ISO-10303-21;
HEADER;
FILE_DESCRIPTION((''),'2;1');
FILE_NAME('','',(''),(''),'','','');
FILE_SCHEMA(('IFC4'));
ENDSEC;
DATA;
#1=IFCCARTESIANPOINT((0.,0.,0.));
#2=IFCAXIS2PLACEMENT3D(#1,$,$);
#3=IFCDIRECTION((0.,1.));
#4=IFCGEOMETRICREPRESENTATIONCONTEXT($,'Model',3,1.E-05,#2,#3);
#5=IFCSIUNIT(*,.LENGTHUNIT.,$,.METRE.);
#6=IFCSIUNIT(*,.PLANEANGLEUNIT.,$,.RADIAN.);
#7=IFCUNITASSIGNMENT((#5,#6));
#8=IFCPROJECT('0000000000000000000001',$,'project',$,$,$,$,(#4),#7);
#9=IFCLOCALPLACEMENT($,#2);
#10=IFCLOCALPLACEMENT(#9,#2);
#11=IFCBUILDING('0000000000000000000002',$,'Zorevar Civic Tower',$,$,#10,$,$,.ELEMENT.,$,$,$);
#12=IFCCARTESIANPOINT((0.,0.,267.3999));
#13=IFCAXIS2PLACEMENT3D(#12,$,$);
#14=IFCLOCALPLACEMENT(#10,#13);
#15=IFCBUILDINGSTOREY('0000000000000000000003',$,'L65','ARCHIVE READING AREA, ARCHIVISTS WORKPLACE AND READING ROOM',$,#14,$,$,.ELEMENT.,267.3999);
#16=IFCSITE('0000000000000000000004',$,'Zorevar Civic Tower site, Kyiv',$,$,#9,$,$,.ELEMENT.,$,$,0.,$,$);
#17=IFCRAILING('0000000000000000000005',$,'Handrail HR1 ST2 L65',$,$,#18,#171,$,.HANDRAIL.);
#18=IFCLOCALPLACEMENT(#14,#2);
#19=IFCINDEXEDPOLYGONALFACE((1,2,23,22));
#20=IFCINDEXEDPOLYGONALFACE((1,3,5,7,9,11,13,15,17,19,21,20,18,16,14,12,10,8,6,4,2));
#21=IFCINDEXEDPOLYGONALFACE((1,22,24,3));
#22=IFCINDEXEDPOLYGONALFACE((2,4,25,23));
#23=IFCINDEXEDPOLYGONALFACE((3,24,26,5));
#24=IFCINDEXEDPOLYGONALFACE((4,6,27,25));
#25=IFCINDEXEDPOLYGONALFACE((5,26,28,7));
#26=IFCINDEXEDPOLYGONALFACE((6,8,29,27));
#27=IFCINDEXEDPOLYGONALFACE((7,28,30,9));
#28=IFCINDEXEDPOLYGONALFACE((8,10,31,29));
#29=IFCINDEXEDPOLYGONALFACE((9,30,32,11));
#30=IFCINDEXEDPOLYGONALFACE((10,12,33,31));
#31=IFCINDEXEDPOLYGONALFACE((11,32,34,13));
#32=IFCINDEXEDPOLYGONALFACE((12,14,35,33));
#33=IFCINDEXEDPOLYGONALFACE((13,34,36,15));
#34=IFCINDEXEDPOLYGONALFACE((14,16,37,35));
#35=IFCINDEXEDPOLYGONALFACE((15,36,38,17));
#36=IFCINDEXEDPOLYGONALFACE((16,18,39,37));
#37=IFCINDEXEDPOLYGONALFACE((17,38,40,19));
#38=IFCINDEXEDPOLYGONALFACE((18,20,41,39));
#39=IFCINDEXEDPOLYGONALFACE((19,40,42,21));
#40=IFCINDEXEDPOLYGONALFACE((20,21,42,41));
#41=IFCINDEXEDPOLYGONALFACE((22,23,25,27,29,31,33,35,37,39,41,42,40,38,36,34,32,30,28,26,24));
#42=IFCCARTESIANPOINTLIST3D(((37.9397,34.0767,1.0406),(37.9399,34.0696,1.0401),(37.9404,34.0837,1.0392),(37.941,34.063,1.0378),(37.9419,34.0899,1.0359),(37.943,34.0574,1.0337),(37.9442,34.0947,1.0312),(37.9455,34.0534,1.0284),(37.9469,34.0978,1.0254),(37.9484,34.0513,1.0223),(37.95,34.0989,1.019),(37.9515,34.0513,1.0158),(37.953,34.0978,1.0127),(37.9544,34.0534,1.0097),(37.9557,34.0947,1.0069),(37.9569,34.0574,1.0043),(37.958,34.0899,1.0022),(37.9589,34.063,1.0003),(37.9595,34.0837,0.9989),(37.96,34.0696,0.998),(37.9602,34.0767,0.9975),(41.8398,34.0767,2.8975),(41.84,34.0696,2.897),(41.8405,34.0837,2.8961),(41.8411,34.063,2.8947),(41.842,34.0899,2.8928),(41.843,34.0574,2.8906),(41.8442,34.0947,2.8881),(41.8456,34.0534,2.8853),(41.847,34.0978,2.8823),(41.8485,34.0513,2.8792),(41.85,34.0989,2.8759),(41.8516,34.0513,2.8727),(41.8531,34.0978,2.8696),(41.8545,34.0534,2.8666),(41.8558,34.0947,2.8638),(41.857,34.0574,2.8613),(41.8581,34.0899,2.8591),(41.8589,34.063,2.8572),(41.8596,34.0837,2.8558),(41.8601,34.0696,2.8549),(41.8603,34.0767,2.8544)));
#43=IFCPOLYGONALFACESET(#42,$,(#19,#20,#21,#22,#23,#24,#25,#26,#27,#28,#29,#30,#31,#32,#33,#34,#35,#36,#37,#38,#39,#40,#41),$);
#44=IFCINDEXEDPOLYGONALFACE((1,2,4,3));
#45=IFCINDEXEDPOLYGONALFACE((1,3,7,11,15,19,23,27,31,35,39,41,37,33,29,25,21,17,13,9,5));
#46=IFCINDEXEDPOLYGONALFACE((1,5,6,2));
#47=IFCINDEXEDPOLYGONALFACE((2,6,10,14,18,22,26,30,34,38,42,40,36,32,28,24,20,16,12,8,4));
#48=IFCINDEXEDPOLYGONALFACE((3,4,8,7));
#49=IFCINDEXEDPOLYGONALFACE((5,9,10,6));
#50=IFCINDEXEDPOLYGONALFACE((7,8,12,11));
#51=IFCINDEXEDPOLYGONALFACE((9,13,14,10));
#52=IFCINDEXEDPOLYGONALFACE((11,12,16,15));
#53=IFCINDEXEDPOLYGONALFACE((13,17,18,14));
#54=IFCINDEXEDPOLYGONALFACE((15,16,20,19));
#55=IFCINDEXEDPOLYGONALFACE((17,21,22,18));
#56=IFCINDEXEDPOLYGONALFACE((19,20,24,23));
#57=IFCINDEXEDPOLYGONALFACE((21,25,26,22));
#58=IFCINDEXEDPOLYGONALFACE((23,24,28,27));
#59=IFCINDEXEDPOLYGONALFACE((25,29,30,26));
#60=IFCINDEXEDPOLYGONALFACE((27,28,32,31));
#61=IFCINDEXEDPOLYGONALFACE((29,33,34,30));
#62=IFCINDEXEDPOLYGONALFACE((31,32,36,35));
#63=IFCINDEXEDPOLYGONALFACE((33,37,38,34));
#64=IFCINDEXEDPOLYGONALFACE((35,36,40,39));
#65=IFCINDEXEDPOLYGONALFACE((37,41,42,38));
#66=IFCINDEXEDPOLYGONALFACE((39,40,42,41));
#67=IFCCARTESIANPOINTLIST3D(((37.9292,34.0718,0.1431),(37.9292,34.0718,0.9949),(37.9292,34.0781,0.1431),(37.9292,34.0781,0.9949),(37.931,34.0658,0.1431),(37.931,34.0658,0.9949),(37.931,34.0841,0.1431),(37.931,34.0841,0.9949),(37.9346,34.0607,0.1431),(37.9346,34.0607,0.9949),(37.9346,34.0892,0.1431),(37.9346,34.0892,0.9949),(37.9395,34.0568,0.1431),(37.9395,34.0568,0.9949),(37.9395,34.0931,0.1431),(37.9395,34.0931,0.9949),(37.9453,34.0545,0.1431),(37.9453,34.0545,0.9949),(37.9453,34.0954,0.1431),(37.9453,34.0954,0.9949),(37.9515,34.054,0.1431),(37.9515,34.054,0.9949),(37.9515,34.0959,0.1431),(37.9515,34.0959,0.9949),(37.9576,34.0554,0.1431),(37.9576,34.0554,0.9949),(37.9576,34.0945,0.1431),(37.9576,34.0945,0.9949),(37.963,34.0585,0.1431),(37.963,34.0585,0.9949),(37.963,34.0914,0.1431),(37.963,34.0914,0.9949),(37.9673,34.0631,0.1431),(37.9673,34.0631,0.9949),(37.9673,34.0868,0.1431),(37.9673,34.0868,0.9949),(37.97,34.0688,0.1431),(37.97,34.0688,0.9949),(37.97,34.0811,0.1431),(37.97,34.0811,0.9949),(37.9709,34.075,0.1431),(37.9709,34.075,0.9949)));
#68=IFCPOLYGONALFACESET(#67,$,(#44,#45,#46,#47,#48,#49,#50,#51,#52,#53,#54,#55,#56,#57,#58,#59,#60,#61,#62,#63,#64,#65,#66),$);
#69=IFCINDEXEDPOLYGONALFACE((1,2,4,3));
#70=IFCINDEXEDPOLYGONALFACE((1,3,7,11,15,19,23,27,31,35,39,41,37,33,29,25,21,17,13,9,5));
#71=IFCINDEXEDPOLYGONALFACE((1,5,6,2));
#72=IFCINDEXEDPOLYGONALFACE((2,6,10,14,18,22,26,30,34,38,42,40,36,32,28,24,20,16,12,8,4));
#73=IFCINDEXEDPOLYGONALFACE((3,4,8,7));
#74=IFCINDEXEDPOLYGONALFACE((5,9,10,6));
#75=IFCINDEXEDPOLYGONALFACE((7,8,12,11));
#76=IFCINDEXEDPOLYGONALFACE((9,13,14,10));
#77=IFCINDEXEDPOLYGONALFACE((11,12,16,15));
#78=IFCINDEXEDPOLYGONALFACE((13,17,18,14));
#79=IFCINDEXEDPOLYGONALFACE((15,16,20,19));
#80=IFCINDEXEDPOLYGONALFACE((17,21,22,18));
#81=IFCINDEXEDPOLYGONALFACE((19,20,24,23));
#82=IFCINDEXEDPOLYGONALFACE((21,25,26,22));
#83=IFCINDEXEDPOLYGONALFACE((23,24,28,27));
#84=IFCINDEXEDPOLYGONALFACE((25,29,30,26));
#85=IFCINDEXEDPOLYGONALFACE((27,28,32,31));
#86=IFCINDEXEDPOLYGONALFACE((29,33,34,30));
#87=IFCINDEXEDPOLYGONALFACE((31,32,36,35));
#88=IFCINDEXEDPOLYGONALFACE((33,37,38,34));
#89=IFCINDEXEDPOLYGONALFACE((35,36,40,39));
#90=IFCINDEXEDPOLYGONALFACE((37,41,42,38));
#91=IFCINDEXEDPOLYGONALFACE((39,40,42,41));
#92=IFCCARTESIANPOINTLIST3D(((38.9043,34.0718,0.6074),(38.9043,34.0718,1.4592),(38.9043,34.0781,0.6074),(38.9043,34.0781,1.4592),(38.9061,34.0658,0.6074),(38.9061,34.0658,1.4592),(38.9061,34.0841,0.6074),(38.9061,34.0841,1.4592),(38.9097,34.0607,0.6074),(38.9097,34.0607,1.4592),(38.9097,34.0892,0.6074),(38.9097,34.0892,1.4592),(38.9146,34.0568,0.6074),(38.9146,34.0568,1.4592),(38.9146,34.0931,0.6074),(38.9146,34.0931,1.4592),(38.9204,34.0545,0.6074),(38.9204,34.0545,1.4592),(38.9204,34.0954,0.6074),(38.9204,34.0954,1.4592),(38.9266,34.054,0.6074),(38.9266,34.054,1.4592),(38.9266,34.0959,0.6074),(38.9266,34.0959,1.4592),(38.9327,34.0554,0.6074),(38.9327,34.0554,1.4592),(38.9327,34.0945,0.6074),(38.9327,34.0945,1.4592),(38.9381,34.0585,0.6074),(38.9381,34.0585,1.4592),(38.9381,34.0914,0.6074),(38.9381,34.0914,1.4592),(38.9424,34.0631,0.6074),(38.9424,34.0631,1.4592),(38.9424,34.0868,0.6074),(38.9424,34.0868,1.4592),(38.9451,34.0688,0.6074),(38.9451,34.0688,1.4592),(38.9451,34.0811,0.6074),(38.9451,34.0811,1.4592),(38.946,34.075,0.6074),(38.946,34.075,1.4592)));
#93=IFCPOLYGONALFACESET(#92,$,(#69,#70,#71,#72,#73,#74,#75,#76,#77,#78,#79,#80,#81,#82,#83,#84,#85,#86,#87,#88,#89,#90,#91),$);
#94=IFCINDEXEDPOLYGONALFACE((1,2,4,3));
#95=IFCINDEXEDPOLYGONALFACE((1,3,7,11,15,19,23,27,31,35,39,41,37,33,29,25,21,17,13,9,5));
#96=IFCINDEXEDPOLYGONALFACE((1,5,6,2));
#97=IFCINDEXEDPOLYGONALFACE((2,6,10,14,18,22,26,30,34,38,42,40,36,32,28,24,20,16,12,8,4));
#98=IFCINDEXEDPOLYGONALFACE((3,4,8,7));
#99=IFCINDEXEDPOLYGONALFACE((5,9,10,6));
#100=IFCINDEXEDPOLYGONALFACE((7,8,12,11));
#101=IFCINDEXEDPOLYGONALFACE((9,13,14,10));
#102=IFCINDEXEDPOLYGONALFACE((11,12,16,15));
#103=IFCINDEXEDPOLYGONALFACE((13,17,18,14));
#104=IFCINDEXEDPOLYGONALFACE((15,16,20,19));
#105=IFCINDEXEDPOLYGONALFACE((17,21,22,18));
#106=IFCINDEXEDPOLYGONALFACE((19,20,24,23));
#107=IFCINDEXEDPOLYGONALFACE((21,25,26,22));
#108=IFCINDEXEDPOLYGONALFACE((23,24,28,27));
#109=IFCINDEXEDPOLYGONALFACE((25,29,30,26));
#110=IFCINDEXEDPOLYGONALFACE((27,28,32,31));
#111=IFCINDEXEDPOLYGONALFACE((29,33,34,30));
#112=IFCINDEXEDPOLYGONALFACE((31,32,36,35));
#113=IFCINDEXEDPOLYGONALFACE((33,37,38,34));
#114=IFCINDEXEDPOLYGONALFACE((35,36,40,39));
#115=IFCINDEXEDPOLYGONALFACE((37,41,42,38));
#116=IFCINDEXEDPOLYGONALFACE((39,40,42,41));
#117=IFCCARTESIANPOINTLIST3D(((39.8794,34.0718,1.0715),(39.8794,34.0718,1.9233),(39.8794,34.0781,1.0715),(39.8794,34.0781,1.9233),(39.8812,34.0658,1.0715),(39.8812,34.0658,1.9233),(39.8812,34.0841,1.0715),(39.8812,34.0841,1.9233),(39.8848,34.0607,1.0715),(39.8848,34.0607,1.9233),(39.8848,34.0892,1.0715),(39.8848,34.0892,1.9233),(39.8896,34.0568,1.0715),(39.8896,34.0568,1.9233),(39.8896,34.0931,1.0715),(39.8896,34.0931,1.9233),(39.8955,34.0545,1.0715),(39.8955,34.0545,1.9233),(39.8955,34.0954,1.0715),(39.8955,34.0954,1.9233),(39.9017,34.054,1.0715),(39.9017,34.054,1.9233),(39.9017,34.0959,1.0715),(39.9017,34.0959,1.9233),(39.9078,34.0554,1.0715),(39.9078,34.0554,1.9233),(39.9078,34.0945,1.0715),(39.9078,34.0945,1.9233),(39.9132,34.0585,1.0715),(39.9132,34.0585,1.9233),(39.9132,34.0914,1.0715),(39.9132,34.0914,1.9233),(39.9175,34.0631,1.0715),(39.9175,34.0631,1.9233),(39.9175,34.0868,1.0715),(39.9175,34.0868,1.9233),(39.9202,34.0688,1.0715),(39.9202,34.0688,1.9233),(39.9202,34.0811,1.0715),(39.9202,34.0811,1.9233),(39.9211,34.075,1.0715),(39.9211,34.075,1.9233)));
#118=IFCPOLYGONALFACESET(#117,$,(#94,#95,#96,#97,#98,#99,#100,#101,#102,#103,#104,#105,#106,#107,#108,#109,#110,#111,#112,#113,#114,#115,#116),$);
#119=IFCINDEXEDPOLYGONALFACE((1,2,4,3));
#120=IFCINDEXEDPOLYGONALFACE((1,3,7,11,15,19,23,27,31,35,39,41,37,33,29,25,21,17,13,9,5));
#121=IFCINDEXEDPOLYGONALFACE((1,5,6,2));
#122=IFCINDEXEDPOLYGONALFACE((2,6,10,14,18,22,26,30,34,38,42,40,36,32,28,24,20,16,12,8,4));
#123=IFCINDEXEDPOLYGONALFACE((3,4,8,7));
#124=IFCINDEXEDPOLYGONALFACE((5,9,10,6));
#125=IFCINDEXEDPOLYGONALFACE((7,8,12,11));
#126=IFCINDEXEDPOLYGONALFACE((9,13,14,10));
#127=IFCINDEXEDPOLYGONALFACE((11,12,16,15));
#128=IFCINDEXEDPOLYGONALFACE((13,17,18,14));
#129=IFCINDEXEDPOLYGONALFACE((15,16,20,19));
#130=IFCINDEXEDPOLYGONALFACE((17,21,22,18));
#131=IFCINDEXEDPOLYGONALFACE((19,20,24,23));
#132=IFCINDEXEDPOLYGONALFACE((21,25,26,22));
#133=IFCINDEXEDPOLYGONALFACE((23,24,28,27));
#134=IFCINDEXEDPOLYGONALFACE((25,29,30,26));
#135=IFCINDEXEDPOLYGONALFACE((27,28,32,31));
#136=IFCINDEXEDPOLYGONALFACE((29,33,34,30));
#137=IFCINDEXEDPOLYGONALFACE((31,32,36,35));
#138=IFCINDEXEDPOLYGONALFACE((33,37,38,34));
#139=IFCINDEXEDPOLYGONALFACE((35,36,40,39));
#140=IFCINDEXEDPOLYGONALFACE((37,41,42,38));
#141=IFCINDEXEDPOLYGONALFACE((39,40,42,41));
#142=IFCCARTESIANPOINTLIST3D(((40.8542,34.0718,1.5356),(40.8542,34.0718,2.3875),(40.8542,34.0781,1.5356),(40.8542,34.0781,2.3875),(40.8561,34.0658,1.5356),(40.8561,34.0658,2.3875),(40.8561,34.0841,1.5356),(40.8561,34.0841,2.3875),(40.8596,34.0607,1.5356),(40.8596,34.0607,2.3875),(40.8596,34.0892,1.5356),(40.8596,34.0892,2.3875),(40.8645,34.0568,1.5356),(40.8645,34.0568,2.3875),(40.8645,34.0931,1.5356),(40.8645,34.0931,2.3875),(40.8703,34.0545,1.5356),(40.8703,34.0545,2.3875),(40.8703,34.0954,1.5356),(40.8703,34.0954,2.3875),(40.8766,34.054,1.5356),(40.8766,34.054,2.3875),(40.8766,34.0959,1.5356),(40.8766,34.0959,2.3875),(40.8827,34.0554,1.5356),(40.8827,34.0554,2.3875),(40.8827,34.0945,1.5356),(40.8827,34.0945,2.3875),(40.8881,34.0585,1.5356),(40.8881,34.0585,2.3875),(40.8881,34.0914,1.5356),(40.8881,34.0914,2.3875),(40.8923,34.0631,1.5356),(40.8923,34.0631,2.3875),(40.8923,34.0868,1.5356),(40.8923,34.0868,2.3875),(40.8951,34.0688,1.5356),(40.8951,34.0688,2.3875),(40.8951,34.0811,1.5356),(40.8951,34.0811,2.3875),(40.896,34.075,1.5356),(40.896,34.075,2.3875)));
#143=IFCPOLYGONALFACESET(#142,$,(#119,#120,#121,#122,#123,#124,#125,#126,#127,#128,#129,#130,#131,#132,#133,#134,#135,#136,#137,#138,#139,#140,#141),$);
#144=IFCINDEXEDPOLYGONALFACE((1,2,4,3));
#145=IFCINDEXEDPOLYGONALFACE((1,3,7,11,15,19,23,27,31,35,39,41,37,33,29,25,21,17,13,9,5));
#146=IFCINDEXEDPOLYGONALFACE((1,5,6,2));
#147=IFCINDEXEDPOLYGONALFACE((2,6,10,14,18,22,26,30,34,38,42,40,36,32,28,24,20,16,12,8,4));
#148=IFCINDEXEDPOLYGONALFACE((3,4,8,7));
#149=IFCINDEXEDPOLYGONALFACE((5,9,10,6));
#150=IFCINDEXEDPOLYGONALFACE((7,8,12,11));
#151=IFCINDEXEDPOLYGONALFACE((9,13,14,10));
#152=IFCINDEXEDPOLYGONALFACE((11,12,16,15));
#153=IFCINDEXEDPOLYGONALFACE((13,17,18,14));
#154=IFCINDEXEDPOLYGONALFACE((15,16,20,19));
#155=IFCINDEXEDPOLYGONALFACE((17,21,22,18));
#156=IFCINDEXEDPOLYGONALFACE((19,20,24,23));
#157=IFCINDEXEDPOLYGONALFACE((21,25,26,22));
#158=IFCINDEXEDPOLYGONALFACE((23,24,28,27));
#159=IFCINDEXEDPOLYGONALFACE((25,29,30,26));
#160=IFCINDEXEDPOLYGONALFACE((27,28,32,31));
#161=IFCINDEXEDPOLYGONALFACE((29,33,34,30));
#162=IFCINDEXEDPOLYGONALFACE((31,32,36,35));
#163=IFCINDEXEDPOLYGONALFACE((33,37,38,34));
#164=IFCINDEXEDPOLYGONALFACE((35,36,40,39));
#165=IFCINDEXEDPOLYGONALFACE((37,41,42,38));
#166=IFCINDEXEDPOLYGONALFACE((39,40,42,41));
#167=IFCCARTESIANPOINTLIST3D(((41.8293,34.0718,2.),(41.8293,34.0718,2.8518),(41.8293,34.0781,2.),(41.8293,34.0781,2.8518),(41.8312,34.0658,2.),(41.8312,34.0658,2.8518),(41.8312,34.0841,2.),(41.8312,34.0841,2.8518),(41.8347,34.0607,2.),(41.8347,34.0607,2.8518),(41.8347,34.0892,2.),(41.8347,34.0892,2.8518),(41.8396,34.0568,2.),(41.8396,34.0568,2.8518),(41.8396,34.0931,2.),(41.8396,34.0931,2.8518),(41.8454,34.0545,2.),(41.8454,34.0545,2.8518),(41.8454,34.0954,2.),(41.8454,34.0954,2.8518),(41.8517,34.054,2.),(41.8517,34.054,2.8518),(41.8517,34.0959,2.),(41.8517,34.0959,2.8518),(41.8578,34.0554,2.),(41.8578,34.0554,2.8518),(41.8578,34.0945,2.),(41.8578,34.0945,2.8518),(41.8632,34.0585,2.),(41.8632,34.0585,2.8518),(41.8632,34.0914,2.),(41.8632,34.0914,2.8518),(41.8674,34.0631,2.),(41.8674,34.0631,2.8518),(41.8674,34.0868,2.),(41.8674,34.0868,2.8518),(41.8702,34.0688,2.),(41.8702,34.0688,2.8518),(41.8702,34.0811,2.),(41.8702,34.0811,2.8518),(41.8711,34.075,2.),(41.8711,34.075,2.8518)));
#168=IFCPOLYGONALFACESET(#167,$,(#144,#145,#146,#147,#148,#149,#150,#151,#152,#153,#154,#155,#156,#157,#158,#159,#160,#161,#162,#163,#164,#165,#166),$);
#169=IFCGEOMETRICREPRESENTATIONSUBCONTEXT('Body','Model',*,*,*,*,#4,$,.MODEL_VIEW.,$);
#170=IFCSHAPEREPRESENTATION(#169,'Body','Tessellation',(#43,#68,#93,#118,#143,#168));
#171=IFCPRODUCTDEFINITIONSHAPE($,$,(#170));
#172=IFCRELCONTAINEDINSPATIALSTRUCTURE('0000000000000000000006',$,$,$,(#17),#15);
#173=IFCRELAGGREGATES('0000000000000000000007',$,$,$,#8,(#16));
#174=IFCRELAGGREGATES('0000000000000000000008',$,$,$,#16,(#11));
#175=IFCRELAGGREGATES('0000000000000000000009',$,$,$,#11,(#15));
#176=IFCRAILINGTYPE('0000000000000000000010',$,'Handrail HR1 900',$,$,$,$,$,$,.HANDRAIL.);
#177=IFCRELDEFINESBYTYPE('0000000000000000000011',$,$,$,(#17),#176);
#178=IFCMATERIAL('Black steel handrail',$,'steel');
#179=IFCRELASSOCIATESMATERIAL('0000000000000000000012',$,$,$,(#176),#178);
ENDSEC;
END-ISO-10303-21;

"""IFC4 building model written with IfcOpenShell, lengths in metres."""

from ifc_helpers import new_model, si_unit, direction, frame, origin, origin_2d, place, context, subcontext, project, spatial, circle, extrude, material, type_object, element, save


model = new_model("IFC4")

# Units and contexts
model_context = context("Model", 3, precision=1e-05, world=origin(), true_north=direction((0.0, 1.0)))
body_context = subcontext(model_context, "Body", "Model", "MODEL_VIEW")
ifc_project = project(units=[si_unit("LENGTHUNIT", "METRE"), si_unit("PLANEANGLEUNIT", "RADIAN")], contexts=[model_context])

# Site, building, storey
site_placement = place(None, origin())
site = spatial("IfcSite", under=ifc_project, at=site_placement, Name="Zorevar Civic Tower site, Kyiv", CompositionType="ELEMENT", RefElevation=0.0)
building_placement = place(site_placement, origin())
building = spatial("IfcBuilding", under=site, at=building_placement, Name="Zorevar Civic Tower", CompositionType="ELEMENT")
storey_placement = place(building_placement, frame((0.0, 0.0, 267.3999)))
storey = spatial("IfcBuildingStorey", under=building, at=storey_placement, Name="L65", Description="ARCHIVE READING AREA, ARCHIVISTS WORKPLACE AND READING ROOM", CompositionType="ELEMENT", Elevation=267.3999)

# Railing
ifc_material_1 = material(Name="Black steel handrail", Category="steel")
railing_type = type_object("IfcRailingType", Name="Handrail HR1 900", PredefinedType="HANDRAIL", material=ifc_material_1)
railing_1_placement = place(storey_placement, frame((37.95, 34.075, 0.1431)))
element("IfcRailing", 1, at=railing_1_placement, inside=storey, type_object=railing_type, Name="Handrail HR1 ST2 L65", PredefinedType="HANDRAIL", context=body_context, shape_type="SweptSolid", body=[
    extrude(circle(Radius=0.0239, at=origin_2d()), frame((0.0, 0.0, 0.876), z_axis=(0.902886, 0.0, 0.429881), x_axis=(0.0, 1.0, 0.0)), (0.0, 0.0, 1.0), 4.3196),
    extrude(circle(Radius=0.021, at=origin_2d()), origin(), (0.0, 0.0, 1.0), 0.8518),
    extrude(circle(Radius=0.021, at=origin_2d()), frame((0.9751, 0.0, 0.4644)), (0.0, 0.0, 1.0), 0.8518),
    extrude(circle(Radius=0.021, at=origin_2d()), frame((1.9502, 0.0, 0.9285)), (0.0, 0.0, 1.0), 0.8518),
    extrude(circle(Radius=0.021, at=origin_2d()), frame((2.925, 0.0, 1.3926)), (0.0, 0.0, 1.0), 0.8518),
    extrude(circle(Radius=0.021, at=origin_2d()), frame((3.9001, 0.0, 1.8569)), (0.0, 0.0, 1.0), 0.8518),
])

save(model, "model.ifc")
